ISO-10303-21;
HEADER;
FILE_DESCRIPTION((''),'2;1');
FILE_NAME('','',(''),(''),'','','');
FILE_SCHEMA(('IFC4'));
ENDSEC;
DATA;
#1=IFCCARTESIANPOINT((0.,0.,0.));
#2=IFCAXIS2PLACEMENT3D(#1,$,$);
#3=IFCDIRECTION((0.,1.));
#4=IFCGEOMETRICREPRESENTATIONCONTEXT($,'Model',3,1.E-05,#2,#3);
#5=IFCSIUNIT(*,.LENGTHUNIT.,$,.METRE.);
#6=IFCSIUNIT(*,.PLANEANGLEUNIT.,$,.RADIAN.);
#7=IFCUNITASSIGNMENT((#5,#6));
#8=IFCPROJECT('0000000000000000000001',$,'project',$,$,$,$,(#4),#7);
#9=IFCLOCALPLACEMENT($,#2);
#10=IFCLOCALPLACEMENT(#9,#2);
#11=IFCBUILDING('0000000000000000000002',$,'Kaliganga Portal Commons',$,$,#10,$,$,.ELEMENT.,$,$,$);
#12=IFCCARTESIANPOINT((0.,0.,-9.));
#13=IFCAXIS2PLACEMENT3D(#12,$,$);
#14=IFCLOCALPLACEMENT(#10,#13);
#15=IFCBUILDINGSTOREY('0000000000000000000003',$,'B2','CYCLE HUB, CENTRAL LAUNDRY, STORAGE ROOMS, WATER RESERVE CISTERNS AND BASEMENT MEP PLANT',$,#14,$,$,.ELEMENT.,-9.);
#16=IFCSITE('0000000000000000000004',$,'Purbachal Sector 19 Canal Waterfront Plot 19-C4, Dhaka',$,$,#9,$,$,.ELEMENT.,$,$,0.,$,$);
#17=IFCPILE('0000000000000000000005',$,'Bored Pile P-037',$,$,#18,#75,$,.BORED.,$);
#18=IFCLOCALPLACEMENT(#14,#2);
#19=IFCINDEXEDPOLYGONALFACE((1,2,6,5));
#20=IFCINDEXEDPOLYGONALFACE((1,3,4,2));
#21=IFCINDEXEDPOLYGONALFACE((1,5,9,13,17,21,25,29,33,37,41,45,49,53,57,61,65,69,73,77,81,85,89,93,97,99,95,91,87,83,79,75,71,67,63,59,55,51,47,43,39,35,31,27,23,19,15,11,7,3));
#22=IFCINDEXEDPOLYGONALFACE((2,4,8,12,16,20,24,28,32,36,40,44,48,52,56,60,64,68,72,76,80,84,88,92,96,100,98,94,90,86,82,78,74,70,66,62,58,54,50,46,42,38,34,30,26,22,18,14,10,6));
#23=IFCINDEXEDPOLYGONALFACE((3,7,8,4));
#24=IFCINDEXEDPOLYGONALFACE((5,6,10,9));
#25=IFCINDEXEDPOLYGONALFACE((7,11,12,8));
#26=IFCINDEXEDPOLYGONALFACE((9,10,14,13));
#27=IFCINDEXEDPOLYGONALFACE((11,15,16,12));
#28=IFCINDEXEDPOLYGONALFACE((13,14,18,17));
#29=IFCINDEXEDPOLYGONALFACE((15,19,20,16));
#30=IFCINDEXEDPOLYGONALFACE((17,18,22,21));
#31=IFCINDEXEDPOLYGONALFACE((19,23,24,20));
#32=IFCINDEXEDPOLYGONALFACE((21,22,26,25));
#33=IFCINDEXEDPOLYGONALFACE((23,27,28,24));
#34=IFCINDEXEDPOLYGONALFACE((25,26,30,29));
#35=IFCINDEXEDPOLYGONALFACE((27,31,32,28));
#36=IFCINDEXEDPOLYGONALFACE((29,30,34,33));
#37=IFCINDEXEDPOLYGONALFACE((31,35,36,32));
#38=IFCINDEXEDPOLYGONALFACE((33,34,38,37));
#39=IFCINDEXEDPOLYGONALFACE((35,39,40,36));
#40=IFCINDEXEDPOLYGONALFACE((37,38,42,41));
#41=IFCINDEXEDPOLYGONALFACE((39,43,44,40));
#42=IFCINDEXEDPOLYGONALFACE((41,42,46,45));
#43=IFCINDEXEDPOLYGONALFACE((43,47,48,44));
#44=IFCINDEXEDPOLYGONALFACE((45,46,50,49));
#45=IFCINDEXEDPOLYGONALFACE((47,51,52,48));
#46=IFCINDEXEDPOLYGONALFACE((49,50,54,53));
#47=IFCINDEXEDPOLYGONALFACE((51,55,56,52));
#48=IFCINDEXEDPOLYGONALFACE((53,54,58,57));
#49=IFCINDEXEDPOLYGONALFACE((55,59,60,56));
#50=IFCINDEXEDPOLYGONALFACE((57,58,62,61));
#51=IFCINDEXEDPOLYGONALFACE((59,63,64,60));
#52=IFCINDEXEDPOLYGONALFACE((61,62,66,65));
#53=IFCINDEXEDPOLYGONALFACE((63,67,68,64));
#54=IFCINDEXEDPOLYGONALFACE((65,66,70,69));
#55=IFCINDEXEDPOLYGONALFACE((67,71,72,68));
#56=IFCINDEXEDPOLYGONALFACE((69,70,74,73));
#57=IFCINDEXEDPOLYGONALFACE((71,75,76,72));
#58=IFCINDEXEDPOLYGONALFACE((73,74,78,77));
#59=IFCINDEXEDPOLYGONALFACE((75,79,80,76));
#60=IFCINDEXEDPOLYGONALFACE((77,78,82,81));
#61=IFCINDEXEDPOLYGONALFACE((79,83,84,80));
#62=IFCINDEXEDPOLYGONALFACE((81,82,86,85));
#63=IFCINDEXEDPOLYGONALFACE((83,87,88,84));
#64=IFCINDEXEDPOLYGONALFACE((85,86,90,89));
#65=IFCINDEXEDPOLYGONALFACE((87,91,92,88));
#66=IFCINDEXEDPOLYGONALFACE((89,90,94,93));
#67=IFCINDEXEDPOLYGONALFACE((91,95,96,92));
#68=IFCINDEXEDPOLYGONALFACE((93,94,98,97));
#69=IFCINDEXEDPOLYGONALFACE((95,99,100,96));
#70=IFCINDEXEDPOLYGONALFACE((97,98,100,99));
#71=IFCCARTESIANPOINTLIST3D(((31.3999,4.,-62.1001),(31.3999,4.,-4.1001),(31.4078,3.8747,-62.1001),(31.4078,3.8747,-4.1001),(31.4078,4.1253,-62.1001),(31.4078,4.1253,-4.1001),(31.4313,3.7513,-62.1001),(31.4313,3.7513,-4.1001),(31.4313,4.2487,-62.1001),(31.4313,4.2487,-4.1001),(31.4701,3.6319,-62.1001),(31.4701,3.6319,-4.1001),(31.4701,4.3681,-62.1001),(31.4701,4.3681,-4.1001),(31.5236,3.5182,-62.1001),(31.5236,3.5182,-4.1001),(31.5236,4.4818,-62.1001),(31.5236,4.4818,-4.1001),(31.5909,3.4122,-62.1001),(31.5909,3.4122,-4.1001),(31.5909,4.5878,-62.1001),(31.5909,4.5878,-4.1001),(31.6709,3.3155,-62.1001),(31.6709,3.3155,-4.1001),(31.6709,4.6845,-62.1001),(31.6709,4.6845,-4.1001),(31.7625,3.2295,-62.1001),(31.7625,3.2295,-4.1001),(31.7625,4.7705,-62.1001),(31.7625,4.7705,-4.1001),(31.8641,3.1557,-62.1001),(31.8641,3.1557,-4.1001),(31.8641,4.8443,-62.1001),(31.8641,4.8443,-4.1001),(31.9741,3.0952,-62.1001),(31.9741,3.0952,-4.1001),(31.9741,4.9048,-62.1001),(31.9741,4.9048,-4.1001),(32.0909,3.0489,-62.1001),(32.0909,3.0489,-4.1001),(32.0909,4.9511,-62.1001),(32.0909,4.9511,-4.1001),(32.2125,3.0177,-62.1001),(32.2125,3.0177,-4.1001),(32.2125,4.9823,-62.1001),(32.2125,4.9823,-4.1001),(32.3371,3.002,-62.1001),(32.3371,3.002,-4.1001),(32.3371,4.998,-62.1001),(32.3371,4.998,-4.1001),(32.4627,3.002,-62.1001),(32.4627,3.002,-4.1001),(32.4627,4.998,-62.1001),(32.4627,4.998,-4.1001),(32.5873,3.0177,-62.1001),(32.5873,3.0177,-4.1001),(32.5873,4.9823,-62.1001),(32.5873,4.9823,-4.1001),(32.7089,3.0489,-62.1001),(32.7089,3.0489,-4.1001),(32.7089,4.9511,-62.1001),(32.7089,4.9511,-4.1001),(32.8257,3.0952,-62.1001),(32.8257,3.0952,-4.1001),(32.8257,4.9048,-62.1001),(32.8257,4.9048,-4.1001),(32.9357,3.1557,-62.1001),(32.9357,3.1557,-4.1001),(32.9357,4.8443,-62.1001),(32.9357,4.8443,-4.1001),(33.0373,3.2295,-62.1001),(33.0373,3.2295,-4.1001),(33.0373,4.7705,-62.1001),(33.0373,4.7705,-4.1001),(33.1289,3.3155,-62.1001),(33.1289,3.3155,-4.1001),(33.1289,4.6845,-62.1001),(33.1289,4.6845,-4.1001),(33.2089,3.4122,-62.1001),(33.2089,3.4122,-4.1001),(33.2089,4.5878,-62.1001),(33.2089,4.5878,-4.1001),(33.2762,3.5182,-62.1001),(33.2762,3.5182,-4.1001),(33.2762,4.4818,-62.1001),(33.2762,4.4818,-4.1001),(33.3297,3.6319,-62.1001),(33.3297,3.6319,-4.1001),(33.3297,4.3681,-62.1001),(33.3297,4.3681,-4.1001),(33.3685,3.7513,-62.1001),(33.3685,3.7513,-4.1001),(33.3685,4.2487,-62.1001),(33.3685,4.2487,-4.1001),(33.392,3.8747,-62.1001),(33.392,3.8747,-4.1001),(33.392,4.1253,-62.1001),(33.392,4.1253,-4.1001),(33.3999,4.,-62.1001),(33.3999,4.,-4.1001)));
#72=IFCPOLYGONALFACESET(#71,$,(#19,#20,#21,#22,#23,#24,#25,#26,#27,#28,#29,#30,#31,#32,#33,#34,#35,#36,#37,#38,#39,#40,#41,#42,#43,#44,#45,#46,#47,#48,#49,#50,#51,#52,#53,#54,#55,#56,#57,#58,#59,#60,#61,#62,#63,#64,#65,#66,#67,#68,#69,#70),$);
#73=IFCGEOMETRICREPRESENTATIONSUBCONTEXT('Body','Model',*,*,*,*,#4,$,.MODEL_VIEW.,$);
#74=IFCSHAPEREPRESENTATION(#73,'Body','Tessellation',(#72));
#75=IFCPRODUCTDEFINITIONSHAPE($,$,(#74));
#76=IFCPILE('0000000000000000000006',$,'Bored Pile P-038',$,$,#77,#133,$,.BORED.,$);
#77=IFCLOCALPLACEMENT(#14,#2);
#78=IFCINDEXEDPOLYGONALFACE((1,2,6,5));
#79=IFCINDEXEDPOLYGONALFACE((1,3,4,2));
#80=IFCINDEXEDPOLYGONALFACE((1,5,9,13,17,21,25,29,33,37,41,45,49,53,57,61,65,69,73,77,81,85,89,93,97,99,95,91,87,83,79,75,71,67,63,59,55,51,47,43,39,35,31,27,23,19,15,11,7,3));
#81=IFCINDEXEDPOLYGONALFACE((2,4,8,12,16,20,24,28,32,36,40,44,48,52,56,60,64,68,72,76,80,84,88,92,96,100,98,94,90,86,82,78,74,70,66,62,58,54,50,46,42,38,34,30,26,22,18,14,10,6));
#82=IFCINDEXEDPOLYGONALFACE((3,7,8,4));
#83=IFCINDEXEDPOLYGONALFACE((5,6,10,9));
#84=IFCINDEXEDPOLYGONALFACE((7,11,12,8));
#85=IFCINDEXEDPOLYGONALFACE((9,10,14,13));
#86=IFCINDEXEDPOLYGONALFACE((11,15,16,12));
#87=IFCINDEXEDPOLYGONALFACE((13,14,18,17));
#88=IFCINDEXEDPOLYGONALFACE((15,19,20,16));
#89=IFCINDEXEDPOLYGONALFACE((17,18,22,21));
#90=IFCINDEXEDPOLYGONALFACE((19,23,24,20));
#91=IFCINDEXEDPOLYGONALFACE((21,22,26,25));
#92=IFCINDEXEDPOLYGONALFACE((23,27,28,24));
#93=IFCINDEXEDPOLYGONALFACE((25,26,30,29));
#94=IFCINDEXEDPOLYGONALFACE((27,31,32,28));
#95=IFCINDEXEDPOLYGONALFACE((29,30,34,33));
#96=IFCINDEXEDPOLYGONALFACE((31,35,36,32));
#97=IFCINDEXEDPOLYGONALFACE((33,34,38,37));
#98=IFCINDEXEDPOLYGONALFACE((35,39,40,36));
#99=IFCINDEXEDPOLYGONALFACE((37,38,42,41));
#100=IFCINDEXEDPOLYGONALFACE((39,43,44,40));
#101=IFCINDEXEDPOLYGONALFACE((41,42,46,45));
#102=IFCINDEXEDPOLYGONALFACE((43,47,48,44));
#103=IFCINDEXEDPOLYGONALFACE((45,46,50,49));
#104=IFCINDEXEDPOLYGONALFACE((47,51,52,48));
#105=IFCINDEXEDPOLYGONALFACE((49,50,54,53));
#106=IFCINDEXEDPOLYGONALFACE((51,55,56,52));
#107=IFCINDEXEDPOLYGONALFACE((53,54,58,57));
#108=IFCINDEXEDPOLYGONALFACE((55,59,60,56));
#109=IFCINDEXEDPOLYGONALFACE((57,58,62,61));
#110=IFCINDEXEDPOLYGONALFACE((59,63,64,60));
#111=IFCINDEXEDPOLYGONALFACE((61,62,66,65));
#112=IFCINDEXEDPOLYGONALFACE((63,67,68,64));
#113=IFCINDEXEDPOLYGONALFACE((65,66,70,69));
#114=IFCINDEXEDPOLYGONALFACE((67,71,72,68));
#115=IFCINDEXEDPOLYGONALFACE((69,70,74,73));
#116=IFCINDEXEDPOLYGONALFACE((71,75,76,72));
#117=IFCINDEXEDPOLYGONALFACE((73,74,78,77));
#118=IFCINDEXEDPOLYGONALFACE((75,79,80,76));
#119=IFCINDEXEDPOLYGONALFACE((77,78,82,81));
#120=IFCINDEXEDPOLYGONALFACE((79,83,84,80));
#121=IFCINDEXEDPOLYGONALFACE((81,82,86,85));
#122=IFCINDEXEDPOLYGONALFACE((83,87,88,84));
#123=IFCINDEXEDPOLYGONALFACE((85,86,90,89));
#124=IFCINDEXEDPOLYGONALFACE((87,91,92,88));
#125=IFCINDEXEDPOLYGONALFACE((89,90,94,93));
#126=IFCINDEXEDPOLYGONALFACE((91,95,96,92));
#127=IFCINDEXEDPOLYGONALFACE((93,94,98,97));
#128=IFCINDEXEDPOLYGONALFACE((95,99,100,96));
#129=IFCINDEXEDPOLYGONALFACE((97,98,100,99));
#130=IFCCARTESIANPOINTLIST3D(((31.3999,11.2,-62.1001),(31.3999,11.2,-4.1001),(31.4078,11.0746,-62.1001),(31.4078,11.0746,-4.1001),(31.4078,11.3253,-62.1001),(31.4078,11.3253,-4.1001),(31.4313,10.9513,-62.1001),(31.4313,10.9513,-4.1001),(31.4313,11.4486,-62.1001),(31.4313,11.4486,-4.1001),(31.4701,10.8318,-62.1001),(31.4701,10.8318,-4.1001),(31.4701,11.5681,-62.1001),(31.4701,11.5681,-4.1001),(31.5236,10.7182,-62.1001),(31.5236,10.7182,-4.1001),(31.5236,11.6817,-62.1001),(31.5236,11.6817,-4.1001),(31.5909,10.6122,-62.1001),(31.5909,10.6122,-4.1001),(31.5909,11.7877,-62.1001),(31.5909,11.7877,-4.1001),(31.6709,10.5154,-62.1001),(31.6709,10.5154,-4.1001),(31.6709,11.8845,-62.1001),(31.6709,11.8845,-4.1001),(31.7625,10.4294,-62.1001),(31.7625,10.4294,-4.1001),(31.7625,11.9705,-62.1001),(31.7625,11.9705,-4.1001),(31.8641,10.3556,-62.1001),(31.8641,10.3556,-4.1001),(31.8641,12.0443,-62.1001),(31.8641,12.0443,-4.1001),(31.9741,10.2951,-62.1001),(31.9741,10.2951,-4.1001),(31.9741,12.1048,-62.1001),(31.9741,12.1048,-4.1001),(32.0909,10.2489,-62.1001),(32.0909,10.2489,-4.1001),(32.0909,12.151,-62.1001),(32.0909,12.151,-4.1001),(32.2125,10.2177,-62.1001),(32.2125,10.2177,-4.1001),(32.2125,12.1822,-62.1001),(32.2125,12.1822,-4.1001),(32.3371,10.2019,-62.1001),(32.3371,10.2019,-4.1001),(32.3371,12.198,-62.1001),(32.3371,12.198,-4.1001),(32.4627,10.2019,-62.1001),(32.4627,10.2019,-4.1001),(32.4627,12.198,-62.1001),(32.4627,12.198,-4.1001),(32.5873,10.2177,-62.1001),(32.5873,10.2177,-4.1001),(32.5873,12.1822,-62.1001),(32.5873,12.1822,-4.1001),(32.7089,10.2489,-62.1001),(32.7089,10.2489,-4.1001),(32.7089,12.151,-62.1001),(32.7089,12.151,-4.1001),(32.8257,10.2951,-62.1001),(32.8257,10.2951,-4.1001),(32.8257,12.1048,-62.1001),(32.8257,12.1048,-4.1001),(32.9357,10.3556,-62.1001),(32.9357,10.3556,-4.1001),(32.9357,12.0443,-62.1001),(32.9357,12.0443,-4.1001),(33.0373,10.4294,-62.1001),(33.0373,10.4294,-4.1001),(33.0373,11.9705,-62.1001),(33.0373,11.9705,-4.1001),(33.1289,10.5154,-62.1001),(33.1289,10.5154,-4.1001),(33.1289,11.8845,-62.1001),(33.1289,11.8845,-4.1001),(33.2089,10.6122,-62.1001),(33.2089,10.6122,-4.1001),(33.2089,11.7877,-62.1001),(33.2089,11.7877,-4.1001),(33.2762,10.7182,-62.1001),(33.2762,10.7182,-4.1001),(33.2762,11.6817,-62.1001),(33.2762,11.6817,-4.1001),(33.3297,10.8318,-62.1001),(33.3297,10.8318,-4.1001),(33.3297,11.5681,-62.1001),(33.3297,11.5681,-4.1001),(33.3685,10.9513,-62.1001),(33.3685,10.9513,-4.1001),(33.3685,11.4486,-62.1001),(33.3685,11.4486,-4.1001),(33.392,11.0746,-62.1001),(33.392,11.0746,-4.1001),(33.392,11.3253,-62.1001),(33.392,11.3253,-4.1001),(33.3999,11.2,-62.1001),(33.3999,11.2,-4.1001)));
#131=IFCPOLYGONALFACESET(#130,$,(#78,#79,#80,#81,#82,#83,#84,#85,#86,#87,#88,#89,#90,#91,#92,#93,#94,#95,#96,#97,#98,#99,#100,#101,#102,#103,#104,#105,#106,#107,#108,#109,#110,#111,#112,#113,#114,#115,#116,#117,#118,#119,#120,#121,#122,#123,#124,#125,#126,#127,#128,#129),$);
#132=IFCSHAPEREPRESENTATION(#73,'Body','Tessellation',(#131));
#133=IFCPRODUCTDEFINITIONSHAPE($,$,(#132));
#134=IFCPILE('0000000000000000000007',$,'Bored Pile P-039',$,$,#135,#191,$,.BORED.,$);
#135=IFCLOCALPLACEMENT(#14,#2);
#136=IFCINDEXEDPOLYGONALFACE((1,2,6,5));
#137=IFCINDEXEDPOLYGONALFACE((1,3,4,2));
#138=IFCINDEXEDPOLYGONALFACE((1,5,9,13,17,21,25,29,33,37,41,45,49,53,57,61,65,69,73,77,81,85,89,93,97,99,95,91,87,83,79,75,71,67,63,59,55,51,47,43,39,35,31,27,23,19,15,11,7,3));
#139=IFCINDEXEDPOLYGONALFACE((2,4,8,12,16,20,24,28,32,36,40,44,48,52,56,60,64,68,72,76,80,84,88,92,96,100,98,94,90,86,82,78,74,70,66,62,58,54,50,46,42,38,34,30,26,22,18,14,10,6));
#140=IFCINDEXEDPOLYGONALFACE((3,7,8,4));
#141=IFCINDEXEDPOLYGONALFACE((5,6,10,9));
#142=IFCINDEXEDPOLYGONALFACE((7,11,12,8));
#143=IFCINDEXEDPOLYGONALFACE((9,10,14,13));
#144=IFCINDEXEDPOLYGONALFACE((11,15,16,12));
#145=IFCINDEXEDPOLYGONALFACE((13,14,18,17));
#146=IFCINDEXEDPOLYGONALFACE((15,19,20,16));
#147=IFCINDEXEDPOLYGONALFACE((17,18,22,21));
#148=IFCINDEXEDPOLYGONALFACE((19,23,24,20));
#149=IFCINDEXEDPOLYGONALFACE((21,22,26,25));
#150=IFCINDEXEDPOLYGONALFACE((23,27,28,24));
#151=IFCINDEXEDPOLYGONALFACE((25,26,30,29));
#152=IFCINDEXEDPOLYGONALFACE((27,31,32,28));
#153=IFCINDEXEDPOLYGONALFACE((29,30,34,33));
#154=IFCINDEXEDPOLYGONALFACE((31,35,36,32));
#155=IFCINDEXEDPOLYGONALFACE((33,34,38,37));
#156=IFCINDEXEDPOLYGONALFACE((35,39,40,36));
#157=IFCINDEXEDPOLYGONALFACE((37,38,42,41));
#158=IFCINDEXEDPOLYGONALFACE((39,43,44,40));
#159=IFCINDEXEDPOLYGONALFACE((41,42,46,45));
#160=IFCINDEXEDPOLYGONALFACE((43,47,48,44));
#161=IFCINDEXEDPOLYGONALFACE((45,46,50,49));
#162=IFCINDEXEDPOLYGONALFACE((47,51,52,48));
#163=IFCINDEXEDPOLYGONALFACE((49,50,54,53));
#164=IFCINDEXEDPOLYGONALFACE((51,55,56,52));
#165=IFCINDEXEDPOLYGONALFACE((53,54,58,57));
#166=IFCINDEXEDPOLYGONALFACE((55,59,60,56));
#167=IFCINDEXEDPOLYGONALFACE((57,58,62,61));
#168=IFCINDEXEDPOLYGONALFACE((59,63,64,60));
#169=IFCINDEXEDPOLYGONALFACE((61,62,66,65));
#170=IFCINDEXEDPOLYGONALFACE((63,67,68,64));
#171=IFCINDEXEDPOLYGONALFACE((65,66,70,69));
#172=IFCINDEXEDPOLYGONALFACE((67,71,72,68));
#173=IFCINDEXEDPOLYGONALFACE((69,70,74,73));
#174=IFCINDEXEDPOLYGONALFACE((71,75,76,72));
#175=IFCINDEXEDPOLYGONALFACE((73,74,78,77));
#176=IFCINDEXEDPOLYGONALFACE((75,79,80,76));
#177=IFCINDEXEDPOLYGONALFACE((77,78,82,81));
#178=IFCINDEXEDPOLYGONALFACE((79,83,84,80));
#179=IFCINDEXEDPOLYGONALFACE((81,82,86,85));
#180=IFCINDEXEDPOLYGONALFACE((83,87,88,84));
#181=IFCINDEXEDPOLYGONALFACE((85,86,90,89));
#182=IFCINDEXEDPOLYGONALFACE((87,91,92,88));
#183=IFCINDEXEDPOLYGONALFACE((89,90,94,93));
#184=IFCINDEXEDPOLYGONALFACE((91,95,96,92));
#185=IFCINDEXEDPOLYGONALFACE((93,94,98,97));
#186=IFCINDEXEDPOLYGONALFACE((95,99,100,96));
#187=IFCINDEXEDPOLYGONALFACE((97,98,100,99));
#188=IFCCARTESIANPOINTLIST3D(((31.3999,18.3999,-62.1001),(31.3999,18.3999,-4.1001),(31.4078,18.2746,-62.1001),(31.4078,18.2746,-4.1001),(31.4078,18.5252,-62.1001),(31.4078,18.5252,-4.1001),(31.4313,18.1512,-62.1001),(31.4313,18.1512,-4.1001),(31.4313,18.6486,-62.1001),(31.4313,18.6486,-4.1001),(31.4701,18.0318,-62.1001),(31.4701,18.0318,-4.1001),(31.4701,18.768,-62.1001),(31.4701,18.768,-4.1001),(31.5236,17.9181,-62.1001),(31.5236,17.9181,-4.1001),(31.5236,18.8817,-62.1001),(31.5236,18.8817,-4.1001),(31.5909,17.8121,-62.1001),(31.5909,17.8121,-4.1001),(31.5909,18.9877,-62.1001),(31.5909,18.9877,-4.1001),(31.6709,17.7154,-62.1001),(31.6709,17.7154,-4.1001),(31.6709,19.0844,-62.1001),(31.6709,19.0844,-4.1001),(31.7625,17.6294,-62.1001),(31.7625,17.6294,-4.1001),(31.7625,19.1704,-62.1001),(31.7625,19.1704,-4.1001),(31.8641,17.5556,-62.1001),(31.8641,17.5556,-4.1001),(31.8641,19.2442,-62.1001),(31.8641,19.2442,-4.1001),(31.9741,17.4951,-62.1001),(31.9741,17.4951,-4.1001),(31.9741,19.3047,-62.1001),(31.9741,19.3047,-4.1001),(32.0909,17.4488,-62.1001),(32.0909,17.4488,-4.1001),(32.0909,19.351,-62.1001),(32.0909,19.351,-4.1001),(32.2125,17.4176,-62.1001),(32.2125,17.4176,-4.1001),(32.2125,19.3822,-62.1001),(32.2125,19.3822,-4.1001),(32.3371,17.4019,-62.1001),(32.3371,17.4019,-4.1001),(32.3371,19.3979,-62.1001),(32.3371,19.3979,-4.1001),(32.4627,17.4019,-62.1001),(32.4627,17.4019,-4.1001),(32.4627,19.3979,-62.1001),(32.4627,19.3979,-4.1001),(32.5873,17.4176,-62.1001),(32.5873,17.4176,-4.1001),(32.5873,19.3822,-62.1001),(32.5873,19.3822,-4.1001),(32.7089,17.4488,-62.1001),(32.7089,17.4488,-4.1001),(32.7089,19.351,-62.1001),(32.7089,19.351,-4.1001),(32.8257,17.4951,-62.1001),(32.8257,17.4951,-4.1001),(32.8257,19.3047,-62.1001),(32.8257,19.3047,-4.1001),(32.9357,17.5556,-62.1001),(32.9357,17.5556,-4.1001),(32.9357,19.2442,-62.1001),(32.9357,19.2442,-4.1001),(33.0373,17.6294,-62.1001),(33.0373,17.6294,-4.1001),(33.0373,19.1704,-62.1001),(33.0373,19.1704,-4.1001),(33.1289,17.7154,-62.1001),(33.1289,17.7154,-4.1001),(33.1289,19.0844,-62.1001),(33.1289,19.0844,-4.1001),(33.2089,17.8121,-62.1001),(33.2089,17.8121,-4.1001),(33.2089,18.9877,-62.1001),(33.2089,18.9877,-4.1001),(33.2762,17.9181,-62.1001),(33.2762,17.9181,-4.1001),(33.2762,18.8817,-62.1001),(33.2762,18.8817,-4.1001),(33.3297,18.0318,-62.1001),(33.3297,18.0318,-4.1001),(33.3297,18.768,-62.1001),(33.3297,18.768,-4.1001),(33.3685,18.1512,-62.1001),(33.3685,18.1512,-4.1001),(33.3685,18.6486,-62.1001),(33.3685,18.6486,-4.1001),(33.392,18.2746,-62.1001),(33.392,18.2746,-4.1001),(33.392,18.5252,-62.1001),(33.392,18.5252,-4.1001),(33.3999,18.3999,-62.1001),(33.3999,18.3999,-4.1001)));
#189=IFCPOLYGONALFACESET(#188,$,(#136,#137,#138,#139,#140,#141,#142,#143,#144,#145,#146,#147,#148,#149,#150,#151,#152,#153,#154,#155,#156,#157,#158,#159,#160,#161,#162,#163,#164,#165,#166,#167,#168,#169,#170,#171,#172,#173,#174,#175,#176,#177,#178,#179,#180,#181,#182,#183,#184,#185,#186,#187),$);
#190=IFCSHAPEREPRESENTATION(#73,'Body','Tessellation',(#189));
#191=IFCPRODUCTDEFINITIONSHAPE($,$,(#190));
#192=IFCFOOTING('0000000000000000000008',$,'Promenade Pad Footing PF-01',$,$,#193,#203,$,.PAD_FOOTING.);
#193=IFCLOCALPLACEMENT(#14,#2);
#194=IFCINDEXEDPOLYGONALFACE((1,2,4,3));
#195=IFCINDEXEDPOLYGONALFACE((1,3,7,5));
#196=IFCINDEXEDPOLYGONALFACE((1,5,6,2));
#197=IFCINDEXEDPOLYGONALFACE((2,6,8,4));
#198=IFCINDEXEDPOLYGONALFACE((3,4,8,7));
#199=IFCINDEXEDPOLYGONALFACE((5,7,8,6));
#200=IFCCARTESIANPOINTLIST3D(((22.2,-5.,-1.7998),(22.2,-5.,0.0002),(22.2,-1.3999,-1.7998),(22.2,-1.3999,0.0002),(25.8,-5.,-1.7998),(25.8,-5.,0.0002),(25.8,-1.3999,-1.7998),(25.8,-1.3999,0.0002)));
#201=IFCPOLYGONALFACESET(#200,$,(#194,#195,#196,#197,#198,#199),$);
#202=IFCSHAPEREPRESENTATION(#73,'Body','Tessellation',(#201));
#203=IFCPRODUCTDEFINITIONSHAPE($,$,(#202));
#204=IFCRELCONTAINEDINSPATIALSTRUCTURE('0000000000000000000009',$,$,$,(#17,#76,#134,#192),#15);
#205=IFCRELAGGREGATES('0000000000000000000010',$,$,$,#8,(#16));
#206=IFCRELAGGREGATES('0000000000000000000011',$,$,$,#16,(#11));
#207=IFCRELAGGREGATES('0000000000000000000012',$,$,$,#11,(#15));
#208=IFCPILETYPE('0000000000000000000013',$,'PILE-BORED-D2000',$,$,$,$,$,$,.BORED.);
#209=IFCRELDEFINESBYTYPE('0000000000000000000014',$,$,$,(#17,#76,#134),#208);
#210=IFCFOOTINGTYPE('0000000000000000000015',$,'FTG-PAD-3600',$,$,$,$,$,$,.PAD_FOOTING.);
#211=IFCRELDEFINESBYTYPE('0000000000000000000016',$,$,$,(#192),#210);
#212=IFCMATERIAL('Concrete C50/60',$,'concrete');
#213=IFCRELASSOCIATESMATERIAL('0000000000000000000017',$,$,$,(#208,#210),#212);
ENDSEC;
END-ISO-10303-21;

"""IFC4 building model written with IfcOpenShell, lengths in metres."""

from ifc_helpers import new_model, si_unit, direction, frame, origin, origin_2d, place, context, subcontext, project, spatial, rectangle, circle, extrude, source, transform, mapped, material, material_profile, profile_set, type_object, element, save


model = new_model("IFC4")

# Units and contexts
model_context = context("Model", 3, precision=1e-05, world=origin(), true_north=direction((0.0, 1.0)))
body_context = subcontext(model_context, "Body", "Model", "MODEL_VIEW")
ifc_project = project(units=[si_unit("LENGTHUNIT", "METRE"), si_unit("PLANEANGLEUNIT", "RADIAN")], contexts=[model_context])

# Site, building, storey
site_placement = place(None, origin())
site = spatial("IfcSite", under=ifc_project, at=site_placement, Name="Purbachal Sector 19 Canal Waterfront Plot 19-C4, Dhaka", CompositionType="ELEMENT", RefElevation=0.0)
building_placement = place(site_placement, origin())
building = spatial("IfcBuilding", under=site, at=building_placement, Name="Kaliganga Portal Commons", CompositionType="ELEMENT")
storey_placement = place(building_placement, frame((0.0, 0.0, -9.0)))
storey = spatial("IfcBuildingStorey", under=building, at=storey_placement, Name="B2", Description="CYCLE HUB, CENTRAL LAUNDRY, STORAGE ROOMS, WATER RESERVE CISTERNS AND BASEMENT MEP PLANT", CompositionType="ELEMENT", Elevation=-9.0)

# Piles
ifc_material_1 = material(Name="Concrete C50/60", Category="concrete")
ifc_material_profile_1 = material_profile(ifc_material_1, circle(Radius=1.0, at=origin_2d()), Name="PILE D2000")
ifc_profile_set_1 = profile_set([ifc_material_profile_1], Name="Concrete C50/60")
pile_type_1 = type_object("IfcPileType", Name="PILE-BORED-D2000", PredefinedType="BORED", material=ifc_profile_set_1)
for number, where, z_axis, x_axis, name in (
    (1, (32.3999, 4.0, -4.1001), (0.0, 0.0, -1.0), (1.0, 0.0, 0.0), "Bored Pile P-037"),
    (2, (32.3999, 11.2, -4.1001), (0.0, 0.0, -1.0), (1.0, 0.0, 0.0), "Bored Pile P-038"),
    (3, (32.3999, 18.3999, -4.1001), (0.0, 0.0, -1.0), (1.0, 0.0, 0.0), "Bored Pile P-039"),
):
    element("IfcPile", number, at=place(storey_placement, frame(where, z_axis=z_axis, x_axis=x_axis)), inside=storey, type_object=pile_type_1, Name=name, PredefinedType="BORED", context=body_context, shape_type="SweptSolid", body=[
        extrude(circle(Radius=1.0, at=origin_2d()), origin(), (0.0, 0.0, 1.0), 58.0),
    ])

# Footing
footing_type_1 = type_object("IfcFootingType", Name="FTG-PAD-3600", PredefinedType="PAD_FOOTING", material=ifc_material_1)
shared_shape_1 = source(origin(), body_context, "Body", "SweptSolid", [
    extrude(rectangle(XDim=3.6001, YDim=3.6001, at=origin_2d()), origin(), (0.0, 0.0, 1.0), 1.8),
])
for number, where, z_axis, x_axis, name in (
    (4, (24.0, -3.2, -1.7998), (0.0, 0.0, 1.0), (1.0, 0.0, 0.0), "Promenade Pad Footing PF-01"),
):
    element("IfcFooting", number, at=place(storey_placement, frame(where, z_axis=z_axis, x_axis=x_axis)), inside=storey, type_object=footing_type_1, Name=name, PredefinedType="PAD_FOOTING", context=body_context, shape_type="MappedRepresentation", body=[
        mapped(shared_shape_1, transform((0.0, 0.0, 0.0), x_axis=(1.0, 0.0, 0.0), y_axis=(0.0, 1.0, 0.0), z_axis=(0.0, 0.0, 1.0), scale=1.0)),
    ])

save(model, "model.ifc")
